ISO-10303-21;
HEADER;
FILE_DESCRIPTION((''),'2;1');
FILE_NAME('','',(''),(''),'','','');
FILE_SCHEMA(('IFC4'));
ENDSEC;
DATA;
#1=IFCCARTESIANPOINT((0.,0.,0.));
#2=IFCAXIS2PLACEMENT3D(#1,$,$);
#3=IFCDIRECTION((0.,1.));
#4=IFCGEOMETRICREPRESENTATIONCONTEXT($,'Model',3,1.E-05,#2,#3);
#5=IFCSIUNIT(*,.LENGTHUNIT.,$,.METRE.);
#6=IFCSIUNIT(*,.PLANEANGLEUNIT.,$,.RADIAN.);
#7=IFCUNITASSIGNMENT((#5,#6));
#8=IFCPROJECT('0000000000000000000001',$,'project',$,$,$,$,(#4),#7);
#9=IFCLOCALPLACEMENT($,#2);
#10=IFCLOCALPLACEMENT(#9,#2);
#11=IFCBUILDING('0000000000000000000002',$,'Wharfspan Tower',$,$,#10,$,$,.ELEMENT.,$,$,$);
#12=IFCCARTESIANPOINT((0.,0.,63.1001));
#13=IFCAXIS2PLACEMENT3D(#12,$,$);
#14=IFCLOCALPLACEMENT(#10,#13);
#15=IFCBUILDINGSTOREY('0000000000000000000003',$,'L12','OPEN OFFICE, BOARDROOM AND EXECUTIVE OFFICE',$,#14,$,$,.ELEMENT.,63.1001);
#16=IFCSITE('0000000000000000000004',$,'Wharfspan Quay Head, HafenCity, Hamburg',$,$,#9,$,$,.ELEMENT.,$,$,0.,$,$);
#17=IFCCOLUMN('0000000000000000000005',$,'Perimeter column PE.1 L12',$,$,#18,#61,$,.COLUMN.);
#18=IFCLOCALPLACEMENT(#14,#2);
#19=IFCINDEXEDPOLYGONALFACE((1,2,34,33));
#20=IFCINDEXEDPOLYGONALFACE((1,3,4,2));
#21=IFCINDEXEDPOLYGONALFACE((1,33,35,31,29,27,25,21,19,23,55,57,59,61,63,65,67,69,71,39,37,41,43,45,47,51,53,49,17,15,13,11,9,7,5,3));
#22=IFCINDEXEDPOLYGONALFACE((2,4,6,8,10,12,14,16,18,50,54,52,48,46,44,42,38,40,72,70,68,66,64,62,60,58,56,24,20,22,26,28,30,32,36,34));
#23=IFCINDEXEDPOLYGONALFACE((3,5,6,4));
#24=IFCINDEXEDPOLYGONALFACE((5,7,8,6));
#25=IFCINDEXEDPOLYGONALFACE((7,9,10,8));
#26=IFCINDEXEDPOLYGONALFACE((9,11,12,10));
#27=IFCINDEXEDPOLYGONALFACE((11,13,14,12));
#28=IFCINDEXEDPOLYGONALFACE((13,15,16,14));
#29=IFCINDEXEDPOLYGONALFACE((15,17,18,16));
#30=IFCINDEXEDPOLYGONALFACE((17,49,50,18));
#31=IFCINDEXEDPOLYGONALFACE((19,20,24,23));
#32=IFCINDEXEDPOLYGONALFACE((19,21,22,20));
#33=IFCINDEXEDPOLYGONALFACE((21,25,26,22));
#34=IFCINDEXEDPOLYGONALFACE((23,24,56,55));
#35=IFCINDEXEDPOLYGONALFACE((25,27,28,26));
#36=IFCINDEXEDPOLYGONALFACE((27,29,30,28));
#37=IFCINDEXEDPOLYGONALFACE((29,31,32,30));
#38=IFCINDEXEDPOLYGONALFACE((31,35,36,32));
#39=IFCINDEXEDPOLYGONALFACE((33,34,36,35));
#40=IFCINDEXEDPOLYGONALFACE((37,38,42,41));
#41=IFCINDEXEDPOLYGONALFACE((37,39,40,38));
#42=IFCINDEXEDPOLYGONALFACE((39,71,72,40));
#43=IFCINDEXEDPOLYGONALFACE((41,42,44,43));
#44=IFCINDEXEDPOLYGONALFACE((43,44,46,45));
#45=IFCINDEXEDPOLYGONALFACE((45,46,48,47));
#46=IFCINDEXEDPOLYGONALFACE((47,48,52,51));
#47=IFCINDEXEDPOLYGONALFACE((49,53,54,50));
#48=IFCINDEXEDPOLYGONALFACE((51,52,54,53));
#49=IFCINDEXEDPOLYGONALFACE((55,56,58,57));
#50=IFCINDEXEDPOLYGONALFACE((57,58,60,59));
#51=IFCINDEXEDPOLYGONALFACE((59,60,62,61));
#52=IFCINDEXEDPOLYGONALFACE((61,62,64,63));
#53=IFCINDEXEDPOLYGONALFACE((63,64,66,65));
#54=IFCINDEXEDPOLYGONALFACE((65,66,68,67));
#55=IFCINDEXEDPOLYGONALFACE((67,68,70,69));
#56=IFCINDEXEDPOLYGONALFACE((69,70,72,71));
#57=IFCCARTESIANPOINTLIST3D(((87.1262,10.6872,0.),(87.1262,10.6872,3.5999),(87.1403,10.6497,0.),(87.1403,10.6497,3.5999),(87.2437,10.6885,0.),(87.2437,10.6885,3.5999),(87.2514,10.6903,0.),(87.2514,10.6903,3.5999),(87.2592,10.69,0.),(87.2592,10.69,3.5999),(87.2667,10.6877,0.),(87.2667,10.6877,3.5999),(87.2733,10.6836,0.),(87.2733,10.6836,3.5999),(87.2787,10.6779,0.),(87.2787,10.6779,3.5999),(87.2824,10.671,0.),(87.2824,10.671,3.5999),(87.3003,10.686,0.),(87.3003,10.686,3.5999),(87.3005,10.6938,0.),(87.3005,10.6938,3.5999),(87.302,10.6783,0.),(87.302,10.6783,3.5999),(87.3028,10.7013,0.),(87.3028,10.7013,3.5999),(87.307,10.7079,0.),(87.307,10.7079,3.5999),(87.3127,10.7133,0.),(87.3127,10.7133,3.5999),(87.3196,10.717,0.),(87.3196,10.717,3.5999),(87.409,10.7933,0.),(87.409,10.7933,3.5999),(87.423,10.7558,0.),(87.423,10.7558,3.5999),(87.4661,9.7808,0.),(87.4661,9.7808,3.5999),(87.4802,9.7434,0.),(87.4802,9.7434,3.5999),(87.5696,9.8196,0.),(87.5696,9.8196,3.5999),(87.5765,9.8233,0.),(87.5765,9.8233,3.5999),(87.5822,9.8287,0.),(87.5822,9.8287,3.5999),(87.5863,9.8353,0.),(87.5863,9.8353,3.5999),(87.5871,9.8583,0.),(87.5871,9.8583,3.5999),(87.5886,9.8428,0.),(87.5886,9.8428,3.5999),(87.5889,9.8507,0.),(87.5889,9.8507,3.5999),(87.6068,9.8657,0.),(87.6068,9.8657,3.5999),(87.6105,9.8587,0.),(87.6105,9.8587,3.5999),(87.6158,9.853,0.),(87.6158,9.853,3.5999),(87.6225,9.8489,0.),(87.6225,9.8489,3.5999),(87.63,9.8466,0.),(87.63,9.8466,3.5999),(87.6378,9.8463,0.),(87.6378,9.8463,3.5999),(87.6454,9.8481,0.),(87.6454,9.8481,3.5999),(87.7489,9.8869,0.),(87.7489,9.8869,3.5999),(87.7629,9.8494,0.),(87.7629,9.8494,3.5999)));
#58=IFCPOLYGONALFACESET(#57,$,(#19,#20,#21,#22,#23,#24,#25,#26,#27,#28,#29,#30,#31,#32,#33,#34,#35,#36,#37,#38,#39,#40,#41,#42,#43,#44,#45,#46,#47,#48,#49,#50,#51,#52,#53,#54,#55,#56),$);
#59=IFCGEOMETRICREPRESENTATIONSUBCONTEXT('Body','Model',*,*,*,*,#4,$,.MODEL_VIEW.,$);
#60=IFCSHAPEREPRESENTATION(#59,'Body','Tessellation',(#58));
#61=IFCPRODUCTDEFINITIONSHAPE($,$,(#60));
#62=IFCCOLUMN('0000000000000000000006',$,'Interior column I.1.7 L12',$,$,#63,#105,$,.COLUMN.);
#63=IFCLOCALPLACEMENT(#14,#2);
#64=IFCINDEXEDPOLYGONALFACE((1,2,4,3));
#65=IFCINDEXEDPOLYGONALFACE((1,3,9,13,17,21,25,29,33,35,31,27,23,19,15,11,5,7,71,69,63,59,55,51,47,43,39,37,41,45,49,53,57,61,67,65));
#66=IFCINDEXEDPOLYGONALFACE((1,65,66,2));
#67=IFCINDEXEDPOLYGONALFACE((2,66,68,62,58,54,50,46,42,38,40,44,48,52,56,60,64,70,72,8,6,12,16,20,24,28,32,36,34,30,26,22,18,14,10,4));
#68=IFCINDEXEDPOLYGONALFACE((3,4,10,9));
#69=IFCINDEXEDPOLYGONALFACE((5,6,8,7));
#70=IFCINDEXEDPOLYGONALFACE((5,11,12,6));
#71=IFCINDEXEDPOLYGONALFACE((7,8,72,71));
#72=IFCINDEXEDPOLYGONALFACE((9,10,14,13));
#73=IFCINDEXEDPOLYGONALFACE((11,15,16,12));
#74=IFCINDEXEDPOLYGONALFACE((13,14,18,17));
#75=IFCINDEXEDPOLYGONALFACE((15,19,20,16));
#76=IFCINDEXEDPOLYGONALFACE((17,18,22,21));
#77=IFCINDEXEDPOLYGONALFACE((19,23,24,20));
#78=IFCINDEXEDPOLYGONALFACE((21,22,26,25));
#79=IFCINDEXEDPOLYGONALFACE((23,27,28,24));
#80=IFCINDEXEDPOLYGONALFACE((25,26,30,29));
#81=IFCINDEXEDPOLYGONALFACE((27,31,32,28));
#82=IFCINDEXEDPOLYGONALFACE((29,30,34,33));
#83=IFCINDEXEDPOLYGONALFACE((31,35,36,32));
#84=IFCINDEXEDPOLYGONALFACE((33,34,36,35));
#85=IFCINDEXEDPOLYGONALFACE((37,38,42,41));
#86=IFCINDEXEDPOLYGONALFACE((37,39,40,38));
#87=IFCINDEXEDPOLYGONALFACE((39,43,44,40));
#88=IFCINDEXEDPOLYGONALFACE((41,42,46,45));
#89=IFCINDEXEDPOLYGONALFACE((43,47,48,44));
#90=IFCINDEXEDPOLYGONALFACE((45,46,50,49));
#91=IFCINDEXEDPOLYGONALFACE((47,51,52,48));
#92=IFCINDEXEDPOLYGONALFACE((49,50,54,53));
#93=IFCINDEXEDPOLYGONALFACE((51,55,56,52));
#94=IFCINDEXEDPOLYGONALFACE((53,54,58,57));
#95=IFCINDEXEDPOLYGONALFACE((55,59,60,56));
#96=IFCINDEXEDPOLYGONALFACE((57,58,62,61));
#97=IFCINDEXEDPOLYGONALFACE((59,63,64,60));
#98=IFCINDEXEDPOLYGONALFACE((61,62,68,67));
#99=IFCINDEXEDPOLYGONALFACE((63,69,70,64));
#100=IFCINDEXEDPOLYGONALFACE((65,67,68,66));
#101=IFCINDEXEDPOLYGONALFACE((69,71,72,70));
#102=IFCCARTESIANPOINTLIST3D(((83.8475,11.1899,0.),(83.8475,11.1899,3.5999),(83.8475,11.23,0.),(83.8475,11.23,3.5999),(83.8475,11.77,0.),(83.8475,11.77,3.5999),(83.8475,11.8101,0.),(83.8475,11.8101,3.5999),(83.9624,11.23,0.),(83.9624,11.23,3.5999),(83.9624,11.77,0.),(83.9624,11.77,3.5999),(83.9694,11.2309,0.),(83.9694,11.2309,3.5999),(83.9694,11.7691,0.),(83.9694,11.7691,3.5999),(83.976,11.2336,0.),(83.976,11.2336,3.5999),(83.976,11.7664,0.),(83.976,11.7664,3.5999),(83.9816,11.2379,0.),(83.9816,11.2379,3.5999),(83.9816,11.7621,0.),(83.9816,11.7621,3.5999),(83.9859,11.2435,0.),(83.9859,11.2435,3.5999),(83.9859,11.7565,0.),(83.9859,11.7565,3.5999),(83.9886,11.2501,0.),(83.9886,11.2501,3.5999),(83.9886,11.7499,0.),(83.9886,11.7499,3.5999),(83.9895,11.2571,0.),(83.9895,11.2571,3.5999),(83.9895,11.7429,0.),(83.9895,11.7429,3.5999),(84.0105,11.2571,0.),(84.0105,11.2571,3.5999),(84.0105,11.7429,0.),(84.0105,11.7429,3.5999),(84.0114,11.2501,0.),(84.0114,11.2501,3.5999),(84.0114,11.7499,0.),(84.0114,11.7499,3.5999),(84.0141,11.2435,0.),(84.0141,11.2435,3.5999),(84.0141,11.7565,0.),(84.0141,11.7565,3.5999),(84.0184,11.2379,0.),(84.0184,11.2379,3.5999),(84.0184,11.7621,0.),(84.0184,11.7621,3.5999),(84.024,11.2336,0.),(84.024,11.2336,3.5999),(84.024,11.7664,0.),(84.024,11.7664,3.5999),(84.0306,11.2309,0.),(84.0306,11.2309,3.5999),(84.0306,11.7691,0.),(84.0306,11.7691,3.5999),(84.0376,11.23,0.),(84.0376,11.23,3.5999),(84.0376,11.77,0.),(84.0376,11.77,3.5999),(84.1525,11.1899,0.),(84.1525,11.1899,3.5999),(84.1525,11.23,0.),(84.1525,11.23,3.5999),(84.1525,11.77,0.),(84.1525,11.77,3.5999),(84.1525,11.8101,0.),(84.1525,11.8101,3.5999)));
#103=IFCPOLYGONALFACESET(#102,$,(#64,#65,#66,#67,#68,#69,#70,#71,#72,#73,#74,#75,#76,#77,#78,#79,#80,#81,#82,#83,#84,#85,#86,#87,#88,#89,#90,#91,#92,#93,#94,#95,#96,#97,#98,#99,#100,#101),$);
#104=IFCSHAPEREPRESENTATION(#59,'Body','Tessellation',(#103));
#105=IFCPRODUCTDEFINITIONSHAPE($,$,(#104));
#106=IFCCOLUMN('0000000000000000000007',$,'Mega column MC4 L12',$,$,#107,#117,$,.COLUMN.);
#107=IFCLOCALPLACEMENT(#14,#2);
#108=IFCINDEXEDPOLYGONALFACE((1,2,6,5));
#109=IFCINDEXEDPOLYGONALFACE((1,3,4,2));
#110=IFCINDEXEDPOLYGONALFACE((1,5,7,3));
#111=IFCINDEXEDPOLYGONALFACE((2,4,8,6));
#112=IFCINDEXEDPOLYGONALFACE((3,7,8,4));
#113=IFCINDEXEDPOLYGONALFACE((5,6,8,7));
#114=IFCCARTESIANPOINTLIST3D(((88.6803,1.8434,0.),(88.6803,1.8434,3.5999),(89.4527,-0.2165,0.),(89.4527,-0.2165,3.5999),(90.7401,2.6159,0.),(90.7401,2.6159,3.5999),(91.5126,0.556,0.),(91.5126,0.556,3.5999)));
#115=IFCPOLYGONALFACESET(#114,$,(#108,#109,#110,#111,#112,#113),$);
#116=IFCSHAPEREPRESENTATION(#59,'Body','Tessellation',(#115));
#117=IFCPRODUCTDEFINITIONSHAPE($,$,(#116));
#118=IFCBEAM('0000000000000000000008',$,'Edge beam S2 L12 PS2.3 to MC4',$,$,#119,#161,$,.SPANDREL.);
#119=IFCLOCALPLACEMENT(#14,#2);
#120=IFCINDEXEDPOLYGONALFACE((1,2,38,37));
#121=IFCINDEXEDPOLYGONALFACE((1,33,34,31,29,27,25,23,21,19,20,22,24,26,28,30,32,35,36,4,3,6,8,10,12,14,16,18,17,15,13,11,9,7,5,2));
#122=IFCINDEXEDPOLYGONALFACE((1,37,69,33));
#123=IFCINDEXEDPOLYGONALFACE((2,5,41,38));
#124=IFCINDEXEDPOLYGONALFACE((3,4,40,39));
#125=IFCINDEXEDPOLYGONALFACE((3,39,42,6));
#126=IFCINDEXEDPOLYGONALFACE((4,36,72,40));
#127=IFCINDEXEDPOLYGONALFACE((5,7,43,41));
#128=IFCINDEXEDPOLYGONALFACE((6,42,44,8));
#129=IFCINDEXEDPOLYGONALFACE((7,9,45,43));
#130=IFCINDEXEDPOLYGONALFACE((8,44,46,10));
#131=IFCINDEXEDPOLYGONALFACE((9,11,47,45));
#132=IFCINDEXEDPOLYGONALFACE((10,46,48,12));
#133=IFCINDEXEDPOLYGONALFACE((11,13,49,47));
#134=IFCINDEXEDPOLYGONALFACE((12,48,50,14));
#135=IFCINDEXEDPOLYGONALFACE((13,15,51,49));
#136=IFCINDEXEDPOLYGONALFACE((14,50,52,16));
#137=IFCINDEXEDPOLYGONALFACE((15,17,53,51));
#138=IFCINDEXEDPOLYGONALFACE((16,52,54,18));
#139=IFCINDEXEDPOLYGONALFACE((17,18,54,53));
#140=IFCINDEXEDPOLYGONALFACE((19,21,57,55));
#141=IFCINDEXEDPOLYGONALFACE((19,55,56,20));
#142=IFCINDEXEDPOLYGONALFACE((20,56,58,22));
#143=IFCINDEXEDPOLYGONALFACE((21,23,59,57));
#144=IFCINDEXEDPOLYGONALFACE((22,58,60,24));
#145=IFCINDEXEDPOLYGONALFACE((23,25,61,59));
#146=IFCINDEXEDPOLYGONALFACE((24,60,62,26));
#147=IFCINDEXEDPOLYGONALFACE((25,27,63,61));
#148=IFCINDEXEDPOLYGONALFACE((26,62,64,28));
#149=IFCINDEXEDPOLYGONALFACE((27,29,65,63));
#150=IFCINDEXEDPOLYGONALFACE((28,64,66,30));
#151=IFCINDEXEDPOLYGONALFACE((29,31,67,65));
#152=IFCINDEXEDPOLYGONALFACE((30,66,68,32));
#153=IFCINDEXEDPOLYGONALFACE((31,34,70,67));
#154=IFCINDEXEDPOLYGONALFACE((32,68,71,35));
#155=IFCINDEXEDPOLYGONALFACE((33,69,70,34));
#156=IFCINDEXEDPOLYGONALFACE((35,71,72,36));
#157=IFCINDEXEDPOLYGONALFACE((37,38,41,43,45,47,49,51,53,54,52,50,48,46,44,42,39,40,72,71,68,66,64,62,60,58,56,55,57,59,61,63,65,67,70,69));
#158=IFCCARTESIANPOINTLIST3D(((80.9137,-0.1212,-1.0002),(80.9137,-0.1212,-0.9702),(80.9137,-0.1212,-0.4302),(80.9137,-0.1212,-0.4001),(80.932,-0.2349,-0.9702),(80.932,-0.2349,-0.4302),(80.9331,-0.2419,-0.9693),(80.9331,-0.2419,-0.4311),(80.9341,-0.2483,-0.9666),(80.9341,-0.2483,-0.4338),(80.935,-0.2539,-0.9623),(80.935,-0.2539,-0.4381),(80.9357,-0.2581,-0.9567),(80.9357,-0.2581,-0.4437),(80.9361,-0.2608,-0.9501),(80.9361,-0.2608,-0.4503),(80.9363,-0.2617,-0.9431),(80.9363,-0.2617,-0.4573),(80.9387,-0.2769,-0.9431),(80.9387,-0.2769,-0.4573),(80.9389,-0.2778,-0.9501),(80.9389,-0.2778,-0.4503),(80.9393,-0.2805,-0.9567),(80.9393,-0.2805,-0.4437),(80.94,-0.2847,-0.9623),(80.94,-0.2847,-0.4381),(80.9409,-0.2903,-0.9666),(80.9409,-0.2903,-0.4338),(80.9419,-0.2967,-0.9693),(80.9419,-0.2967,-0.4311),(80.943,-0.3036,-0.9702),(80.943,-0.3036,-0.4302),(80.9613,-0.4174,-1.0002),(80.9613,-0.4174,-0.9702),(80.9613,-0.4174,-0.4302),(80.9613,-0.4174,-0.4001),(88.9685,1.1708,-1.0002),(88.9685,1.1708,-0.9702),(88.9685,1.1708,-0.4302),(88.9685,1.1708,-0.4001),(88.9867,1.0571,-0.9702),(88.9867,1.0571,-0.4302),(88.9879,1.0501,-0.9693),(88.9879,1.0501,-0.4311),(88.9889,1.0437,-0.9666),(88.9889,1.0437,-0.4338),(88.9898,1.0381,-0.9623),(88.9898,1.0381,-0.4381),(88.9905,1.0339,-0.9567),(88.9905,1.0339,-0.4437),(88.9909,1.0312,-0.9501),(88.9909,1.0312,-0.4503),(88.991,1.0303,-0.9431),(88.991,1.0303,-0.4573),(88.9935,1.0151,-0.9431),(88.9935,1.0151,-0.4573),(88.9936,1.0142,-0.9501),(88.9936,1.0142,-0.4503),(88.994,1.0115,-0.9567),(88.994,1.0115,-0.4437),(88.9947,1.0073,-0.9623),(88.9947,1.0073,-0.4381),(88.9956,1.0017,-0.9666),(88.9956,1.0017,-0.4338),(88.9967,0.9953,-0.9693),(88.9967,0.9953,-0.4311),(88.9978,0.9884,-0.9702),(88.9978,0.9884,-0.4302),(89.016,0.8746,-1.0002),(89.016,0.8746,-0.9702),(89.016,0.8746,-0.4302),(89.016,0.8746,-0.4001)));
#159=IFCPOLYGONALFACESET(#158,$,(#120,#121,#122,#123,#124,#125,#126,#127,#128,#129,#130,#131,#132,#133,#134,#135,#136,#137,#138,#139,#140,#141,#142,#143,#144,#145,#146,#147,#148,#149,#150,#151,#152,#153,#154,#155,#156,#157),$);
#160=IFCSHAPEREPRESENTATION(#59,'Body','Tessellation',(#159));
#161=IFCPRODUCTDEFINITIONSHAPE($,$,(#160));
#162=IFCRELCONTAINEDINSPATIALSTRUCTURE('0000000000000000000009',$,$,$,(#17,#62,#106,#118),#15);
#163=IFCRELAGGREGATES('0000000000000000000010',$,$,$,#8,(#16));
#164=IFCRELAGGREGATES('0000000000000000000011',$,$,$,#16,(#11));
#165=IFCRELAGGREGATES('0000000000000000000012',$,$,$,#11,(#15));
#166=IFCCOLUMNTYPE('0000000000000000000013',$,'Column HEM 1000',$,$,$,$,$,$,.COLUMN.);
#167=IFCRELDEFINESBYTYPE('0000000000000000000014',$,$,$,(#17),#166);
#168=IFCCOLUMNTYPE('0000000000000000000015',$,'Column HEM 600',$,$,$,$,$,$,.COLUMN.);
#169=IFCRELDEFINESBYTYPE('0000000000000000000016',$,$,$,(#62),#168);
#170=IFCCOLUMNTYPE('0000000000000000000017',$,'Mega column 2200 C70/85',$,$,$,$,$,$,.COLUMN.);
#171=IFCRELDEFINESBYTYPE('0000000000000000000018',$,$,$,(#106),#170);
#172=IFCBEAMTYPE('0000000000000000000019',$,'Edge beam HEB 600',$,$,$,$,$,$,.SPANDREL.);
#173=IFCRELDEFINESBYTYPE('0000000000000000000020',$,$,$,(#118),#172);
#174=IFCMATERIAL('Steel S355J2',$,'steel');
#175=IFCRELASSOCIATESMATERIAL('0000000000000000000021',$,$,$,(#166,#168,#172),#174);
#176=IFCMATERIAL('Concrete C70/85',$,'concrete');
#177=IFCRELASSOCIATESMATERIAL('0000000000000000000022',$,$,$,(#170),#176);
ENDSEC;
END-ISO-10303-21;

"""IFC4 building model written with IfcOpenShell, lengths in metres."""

from ifc_helpers import new_model, si_unit, direction, frame, origin, origin_2d, place, context, subcontext, project, spatial, rectangle, i_section, extrude, material, material_profile, profile_set, type_object, element, save


model = new_model("IFC4")

# Units and contexts
model_context = context("Model", 3, precision=1e-05, world=origin(), true_north=direction((0.0, 1.0)))
body_context = subcontext(model_context, "Body", "Model", "MODEL_VIEW")
ifc_project = project(units=[si_unit("LENGTHUNIT", "METRE"), si_unit("PLANEANGLEUNIT", "RADIAN")], contexts=[model_context])

# Site, building, storey
site_placement = place(None, origin())
site = spatial("IfcSite", under=ifc_project, at=site_placement, Name="Wharfspan Quay Head, HafenCity, Hamburg", CompositionType="ELEMENT", RefElevation=0.0)
building_placement = place(site_placement, origin())
building = spatial("IfcBuilding", under=site, at=building_placement, Name="Wharfspan Tower", CompositionType="ELEMENT")
storey_placement = place(building_placement, frame((0.0, 0.0, 63.1001)))
storey = spatial("IfcBuildingStorey", under=building, at=storey_placement, Name="L12", Description="OPEN OFFICE, BOARDROOM AND EXECUTIVE OFFICE", CompositionType="ELEMENT", Elevation=63.1001)

# Columns
ifc_material_1 = material(Name="Steel S355J2", Category="steel")
ifc_material_profile_1 = material_profile(ifc_material_1, i_section(OverallWidth=0.302, OverallDepth=1.0081, WebThickness=0.021, FlangeThickness=0.04, FilletRadius=0.03, at=origin_2d()))
ifc_profile_set_1 = profile_set([ifc_material_profile_1], Name="Steel S355J2")
column_type_1 = type_object("IfcColumnType", Name="Column HEM 1000", PredefinedType="COLUMN", material=ifc_profile_set_1)
column_1_placement = place(storey_placement, frame((87.4446, 10.2683, 0.0), z_axis=(0.0, 0.0, 1.0), x_axis=(0.936328, 0.351123, 0.0)))
element("IfcColumn", 1, at=column_1_placement, inside=storey, type_object=column_type_1, Name="Perimeter column PE.1 L12", PredefinedType="COLUMN", context=body_context, shape_type="SweptSolid", body=[
    extrude(i_section(OverallWidth=0.302, OverallDepth=1.0081, WebThickness=0.021, FlangeThickness=0.04, FilletRadius=0.03, at=origin_2d()), origin(), (0.0, 0.0, 1.0), 3.5999),
])
ifc_material_profile_2 = material_profile(ifc_material_1, i_section(OverallWidth=0.3049, OverallDepth=0.6201, WebThickness=0.021, FlangeThickness=0.04, FilletRadius=0.0271, at=origin_2d()))
ifc_profile_set_2 = profile_set([ifc_material_profile_2], Name="Steel S355J2")
column_type_2 = type_object("IfcColumnType", Name="Column HEM 600", PredefinedType="COLUMN", material=ifc_profile_set_2)
column_2_placement = place(storey_placement, frame((84.0, 11.5, 0.0), z_axis=(0.0, 0.0, 1.0), x_axis=(1.0, 0.0, 0.0)))
element("IfcColumn", 2, at=column_2_placement, inside=storey, type_object=column_type_2, Name="Interior column I.1.7 L12", PredefinedType="COLUMN", context=body_context, shape_type="SweptSolid", body=[
    extrude(i_section(OverallWidth=0.3049, OverallDepth=0.6201, WebThickness=0.021, FlangeThickness=0.04, FilletRadius=0.0271, at=origin_2d()), origin(), (0.0, 0.0, 1.0), 3.5999),
])
ifc_material_2 = material(Name="Concrete C70/85", Category="concrete")
ifc_material_profile_3 = material_profile(ifc_material_2, rectangle(XDim=2.2, YDim=2.2, at=origin_2d()))
ifc_profile_set_3 = profile_set([ifc_material_profile_3], Name="Concrete C70/85")
column_type_3 = type_object("IfcColumnType", Name="Mega column 2200 C70/85", PredefinedType="COLUMN", material=ifc_profile_set_3)
column_3_placement = place(storey_placement, frame((90.0964, 1.1997, 0.0), z_axis=(0.0, 0.0, 1.0), x_axis=(-0.351123, 0.936328, 0.0)))
element("IfcColumn", 3, at=column_3_placement, inside=storey, type_object=column_type_3, Name="Mega column MC4 L12", PredefinedType="COLUMN", context=body_context, shape_type="SweptSolid", body=[
    extrude(rectangle(XDim=2.2, YDim=2.2, at=origin_2d()), origin(), (0.0, 0.0, 1.0), 3.5999),
])

# Beam
ifc_material_profile_4 = material_profile(ifc_material_1, i_section(OverallWidth=0.3, OverallDepth=0.6001, WebThickness=0.0154, FlangeThickness=0.03, FilletRadius=0.0271, at=origin_2d()))
ifc_profile_set_4 = profile_set([ifc_material_profile_4], Name="Steel S355J2")
beam_type = type_object("IfcBeamType", Name="Edge beam HEB 600", PredefinedType="SPANDREL", material=ifc_profile_set_4)
beam_1_placement = place(storey_placement, frame((80.9375, -0.2693, -0.7002), z_axis=(0.987379, 0.158378, 0.0), x_axis=(-0.158378, 0.987379, 0.0)))
element("IfcBeam", 4, at=beam_1_placement, inside=storey, type_object=beam_type, Name="Edge beam S2 L12 PS2.3 to MC4", PredefinedType="SPANDREL", context=body_context, shape_type="SweptSolid", body=[
    extrude(i_section(OverallWidth=0.3, OverallDepth=0.6001, WebThickness=0.0154, FlangeThickness=0.03, FilletRadius=0.0271, at=origin_2d()), origin(), (0.0, 0.0, 1.0), 8.1577),
])

save(model, "model.ifc")
